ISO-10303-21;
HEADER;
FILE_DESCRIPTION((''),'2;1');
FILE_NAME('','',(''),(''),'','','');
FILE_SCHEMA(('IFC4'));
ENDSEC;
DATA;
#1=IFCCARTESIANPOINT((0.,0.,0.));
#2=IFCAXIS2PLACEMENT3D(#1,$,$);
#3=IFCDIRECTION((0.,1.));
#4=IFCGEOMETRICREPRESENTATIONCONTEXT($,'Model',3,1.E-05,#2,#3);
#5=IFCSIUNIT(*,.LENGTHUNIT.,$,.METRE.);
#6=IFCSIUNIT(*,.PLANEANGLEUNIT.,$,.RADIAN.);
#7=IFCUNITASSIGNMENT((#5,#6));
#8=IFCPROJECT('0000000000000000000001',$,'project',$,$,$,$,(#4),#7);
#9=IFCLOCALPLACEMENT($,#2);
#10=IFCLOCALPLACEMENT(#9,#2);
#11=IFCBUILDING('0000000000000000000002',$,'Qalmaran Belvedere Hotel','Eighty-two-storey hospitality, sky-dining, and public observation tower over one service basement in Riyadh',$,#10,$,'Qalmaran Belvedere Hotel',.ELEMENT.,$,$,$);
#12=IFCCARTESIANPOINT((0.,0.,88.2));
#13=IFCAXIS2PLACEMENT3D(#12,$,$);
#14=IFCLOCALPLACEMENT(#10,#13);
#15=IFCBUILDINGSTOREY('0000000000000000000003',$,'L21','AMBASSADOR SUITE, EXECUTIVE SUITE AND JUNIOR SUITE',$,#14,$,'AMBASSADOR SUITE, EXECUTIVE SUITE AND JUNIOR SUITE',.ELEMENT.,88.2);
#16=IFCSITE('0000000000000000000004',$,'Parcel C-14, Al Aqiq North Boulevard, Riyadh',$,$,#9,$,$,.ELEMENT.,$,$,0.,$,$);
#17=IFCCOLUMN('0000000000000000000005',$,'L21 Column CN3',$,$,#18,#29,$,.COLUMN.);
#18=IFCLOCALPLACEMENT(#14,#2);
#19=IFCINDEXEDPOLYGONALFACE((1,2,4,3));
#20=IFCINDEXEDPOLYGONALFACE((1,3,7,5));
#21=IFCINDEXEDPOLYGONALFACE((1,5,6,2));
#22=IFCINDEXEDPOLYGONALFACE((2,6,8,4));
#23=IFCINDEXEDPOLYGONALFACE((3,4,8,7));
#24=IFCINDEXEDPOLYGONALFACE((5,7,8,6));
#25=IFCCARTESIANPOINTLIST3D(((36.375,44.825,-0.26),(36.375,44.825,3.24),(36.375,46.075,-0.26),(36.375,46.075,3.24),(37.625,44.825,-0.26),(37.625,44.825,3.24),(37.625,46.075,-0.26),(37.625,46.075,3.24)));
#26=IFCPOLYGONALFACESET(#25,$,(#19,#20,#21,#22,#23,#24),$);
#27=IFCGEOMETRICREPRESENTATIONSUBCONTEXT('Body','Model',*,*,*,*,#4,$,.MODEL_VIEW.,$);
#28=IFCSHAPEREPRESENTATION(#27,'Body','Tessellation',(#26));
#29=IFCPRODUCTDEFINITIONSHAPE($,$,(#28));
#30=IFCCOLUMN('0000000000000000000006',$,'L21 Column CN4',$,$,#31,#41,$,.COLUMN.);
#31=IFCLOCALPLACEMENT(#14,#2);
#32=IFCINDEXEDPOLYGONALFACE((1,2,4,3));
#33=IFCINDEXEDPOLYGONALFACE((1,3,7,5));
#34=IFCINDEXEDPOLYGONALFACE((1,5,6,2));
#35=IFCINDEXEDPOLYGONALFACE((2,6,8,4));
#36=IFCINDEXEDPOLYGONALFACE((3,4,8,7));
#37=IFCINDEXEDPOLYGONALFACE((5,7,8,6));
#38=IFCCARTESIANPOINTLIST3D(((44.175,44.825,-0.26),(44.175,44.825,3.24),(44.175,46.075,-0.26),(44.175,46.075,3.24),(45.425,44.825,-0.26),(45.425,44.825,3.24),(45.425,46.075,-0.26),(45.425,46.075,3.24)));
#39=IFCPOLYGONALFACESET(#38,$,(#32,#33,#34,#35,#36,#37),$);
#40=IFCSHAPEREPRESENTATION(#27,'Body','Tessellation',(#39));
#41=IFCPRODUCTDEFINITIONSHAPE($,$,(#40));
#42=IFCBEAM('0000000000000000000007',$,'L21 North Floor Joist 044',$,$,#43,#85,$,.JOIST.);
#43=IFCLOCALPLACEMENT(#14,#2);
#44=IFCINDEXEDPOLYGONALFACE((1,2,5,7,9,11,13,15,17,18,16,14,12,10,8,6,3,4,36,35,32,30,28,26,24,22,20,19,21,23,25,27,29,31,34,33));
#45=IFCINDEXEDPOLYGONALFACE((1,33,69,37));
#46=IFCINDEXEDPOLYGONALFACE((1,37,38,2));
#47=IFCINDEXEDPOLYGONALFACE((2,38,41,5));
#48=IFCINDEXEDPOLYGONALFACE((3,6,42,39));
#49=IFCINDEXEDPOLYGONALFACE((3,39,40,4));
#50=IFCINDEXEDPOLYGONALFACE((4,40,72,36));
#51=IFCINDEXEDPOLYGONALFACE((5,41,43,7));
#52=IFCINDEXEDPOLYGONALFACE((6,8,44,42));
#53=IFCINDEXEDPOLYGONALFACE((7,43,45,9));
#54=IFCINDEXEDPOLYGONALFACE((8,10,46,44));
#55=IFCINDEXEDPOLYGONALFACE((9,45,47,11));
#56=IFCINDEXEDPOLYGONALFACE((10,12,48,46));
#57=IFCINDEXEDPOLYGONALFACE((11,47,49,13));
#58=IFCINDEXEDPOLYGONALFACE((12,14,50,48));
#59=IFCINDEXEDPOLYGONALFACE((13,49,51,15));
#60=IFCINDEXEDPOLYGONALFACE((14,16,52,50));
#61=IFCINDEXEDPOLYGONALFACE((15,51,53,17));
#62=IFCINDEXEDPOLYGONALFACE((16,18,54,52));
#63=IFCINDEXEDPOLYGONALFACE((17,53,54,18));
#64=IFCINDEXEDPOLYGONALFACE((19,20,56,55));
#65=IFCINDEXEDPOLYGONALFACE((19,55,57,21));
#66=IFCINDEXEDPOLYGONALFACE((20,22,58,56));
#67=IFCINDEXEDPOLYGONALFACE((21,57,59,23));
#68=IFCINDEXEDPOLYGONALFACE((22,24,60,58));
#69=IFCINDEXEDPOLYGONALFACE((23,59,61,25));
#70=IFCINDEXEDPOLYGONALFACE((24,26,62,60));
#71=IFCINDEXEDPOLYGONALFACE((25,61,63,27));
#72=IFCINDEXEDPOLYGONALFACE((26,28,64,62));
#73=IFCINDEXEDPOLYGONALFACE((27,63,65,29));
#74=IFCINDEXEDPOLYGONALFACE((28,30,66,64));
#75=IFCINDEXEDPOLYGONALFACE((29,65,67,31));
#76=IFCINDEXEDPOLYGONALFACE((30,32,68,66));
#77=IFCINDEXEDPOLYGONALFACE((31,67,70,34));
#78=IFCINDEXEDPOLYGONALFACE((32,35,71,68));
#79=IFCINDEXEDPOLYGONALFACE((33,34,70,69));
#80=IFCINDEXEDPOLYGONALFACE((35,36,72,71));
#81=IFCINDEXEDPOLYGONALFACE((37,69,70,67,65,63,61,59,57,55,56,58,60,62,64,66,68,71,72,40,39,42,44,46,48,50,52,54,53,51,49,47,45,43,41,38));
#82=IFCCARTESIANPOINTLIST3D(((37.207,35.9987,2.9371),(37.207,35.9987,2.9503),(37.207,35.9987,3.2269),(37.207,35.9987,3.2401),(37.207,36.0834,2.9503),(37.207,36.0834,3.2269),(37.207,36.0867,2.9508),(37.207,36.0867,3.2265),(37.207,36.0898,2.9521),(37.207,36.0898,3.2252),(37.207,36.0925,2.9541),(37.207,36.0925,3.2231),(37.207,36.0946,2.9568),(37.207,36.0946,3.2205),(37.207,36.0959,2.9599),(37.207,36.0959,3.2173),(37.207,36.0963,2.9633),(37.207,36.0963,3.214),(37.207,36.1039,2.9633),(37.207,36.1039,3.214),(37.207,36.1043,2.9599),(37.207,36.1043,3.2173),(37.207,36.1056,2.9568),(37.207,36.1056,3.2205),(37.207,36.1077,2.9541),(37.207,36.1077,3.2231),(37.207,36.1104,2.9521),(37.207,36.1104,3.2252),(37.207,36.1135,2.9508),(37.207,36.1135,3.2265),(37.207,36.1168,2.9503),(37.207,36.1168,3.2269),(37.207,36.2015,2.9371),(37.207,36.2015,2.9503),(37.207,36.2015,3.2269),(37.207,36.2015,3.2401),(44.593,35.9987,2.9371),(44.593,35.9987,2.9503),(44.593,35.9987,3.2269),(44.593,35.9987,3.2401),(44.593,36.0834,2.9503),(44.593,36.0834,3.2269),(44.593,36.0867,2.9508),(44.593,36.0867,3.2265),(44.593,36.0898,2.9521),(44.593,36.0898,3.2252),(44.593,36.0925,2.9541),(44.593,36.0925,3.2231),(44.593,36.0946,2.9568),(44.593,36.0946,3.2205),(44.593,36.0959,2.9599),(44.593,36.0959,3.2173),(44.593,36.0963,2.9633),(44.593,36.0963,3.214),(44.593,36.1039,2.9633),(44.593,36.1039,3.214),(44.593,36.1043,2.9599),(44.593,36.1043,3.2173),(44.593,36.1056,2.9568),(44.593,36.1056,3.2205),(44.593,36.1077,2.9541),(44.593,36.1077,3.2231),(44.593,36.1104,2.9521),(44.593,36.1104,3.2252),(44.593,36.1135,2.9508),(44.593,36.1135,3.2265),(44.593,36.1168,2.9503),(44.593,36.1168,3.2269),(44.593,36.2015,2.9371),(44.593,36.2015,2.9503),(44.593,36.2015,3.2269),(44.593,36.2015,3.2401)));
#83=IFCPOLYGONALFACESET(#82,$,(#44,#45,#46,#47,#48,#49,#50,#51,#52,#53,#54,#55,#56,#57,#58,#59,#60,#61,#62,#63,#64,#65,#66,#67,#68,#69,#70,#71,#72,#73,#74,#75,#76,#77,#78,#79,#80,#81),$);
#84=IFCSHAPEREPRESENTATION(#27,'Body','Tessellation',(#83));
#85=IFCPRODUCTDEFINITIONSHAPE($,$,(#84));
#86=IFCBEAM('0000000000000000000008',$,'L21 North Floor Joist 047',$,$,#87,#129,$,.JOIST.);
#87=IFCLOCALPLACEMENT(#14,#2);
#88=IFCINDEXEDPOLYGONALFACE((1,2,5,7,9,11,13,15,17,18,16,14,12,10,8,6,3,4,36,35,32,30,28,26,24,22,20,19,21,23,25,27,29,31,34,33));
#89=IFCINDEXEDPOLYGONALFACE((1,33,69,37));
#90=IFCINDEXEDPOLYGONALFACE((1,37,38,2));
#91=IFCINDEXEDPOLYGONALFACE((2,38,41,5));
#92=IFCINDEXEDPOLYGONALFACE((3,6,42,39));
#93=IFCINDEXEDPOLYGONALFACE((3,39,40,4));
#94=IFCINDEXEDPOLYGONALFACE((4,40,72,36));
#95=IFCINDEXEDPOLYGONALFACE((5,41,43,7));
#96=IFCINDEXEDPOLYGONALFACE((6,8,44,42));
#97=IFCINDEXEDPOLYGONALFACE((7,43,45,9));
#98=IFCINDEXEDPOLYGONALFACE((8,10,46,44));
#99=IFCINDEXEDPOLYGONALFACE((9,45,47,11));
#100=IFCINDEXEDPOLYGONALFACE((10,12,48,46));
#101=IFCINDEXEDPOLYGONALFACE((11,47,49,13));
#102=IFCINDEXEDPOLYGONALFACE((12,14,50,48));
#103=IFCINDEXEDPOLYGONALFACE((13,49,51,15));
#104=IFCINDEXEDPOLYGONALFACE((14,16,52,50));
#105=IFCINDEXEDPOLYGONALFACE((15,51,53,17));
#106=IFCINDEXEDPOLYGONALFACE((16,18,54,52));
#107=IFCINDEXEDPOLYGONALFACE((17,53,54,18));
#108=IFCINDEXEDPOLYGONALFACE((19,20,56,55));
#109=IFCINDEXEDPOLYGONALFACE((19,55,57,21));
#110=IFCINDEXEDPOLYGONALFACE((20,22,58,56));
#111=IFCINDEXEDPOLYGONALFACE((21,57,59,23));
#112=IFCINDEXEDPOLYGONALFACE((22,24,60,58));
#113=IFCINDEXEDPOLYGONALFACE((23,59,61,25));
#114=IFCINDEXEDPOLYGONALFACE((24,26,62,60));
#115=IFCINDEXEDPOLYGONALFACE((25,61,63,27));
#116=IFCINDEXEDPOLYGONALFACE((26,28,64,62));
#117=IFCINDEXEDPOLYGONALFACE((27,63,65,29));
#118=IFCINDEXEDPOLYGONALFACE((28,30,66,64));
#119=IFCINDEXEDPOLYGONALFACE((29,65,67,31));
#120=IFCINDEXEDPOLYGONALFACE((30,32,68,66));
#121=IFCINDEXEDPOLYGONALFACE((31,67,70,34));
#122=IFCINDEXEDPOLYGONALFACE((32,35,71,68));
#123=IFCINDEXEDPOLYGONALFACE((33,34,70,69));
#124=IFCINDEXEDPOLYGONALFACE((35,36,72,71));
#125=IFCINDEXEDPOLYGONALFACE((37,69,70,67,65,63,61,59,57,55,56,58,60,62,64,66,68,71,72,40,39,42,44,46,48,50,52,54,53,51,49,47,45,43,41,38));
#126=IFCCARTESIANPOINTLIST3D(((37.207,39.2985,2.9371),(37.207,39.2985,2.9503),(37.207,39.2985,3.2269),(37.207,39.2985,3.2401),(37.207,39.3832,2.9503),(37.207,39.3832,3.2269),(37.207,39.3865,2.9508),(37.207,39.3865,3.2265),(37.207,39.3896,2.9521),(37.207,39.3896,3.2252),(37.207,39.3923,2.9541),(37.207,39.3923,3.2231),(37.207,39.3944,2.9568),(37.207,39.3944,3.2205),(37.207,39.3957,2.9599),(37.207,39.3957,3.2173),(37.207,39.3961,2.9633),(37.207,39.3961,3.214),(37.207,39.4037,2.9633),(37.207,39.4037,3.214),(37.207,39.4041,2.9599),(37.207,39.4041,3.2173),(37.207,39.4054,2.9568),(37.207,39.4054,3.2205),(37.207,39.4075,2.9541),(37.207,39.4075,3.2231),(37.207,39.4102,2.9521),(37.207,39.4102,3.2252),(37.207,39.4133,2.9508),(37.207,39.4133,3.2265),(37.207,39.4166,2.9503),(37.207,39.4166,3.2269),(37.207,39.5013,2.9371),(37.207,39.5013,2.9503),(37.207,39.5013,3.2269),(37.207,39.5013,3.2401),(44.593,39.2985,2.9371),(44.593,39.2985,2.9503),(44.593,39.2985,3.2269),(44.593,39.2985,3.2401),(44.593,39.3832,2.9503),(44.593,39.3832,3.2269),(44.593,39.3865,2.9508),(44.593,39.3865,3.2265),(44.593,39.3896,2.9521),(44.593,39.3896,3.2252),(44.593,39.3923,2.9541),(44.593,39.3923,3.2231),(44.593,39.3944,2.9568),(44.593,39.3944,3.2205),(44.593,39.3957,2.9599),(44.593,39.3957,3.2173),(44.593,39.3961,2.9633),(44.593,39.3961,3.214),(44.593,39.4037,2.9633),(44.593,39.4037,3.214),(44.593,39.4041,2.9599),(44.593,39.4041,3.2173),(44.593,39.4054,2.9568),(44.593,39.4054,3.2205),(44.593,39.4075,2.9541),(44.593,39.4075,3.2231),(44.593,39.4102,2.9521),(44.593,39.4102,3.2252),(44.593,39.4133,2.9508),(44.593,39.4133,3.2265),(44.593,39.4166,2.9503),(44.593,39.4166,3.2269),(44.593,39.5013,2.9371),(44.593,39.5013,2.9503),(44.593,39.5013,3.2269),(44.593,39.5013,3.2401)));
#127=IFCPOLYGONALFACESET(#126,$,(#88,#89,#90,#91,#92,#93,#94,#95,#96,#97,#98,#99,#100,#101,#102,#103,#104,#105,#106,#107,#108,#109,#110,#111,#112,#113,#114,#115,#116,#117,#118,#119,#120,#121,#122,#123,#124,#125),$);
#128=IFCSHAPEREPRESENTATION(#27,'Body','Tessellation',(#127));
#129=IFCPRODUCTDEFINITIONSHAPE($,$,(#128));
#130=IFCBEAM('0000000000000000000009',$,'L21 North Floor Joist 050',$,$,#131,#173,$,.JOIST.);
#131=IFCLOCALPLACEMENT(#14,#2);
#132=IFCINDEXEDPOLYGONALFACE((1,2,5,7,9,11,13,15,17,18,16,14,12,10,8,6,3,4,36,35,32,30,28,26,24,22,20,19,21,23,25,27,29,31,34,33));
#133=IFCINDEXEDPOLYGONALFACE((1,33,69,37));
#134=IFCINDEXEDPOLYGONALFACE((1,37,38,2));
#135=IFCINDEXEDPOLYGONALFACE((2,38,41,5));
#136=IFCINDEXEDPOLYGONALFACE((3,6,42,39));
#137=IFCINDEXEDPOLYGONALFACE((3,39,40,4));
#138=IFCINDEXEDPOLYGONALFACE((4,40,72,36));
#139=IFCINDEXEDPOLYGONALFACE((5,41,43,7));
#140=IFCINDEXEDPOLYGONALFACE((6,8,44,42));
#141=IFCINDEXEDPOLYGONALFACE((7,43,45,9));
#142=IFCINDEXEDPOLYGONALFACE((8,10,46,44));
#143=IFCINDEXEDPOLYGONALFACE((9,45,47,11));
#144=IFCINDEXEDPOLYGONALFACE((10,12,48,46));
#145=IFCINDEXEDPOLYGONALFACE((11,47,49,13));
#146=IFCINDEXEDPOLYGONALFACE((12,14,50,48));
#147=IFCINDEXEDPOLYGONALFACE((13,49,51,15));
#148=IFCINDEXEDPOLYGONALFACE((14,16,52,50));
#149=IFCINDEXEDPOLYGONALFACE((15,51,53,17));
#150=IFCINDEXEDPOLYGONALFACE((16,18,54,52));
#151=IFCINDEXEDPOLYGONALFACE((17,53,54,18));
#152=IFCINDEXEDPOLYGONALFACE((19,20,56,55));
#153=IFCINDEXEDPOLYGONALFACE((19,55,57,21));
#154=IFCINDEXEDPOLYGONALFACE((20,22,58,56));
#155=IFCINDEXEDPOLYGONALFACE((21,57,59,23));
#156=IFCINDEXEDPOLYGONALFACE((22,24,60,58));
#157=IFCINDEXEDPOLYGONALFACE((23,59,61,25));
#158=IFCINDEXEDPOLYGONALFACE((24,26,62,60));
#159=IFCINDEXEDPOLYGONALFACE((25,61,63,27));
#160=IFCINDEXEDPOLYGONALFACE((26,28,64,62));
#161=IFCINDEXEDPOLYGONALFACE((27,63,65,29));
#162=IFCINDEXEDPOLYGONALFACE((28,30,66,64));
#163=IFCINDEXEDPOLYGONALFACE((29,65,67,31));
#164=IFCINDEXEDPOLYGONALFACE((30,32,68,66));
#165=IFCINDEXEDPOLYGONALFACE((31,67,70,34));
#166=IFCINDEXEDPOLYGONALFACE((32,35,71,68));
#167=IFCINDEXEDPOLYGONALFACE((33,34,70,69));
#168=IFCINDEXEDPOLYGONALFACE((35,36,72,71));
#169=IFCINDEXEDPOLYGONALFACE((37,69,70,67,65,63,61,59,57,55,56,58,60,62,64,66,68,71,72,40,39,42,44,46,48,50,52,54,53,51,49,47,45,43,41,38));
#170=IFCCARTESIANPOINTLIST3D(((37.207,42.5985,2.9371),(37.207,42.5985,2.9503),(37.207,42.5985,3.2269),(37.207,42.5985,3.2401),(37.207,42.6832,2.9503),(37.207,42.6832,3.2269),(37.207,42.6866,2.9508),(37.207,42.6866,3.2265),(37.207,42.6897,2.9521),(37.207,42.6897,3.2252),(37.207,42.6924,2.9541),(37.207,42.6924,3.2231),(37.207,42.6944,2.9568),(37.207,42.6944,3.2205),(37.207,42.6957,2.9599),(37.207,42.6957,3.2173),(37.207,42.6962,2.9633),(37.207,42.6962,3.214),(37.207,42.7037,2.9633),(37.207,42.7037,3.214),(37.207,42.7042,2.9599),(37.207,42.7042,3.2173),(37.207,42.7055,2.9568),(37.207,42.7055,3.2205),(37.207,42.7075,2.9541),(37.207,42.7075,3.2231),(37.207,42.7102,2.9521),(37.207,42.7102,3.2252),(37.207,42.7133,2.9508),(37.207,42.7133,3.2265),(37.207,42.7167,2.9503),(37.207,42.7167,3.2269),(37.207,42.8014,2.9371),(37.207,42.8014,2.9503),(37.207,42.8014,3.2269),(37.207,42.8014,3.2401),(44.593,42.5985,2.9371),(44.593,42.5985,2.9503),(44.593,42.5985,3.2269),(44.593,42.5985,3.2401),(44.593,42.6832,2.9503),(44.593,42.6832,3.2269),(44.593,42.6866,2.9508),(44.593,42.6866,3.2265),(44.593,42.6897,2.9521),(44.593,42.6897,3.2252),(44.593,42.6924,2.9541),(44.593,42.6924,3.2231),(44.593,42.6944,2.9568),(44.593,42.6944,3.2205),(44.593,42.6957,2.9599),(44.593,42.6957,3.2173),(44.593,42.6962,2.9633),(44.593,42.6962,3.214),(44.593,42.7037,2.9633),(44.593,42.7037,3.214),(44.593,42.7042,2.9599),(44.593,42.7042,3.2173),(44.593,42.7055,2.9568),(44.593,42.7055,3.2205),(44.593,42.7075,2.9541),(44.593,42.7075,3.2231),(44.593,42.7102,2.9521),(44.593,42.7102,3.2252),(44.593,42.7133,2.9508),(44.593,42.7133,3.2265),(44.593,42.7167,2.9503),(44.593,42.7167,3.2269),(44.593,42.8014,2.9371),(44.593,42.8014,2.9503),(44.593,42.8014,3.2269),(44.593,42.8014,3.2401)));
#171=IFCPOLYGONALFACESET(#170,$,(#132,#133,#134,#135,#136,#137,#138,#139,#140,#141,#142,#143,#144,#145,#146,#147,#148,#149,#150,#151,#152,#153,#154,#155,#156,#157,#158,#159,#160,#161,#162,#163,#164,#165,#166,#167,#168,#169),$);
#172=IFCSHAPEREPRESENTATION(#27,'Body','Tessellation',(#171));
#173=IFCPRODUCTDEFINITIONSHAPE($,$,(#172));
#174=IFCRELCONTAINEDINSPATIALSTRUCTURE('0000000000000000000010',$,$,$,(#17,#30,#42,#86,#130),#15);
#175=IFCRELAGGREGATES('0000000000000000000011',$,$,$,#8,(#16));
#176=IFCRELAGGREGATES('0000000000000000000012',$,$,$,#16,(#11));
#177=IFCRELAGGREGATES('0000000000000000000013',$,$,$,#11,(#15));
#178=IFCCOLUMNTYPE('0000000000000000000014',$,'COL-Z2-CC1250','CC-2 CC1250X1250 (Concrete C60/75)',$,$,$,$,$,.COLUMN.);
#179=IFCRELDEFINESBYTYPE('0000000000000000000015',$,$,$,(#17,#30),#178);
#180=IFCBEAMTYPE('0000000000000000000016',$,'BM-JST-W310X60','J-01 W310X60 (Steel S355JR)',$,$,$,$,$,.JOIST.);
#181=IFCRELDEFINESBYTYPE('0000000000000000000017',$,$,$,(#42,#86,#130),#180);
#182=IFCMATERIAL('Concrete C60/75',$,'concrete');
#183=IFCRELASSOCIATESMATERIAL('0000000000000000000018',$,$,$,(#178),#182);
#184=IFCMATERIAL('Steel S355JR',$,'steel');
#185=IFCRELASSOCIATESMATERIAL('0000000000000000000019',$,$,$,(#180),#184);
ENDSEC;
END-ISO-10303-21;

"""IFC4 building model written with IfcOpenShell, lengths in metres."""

from ifc_helpers import new_model, si_unit, direction, frame, origin, origin_2d, place, context, subcontext, project, spatial, rectangle, i_section, extrude, material, material_profile, profile_set, type_object, element, save


model = new_model("IFC4")

# Units and contexts
model_context = context("Model", 3, precision=1e-05, world=origin(), true_north=direction((0.0, 1.0)))
body_context = subcontext(model_context, "Body", "Model", "MODEL_VIEW")
ifc_project = project(units=[si_unit("LENGTHUNIT", "METRE"), si_unit("PLANEANGLEUNIT", "RADIAN")], contexts=[model_context])

# Site, building, storey
site_placement = place(None, origin())
site = spatial("IfcSite", under=ifc_project, at=site_placement, Name="Parcel C-14, Al Aqiq North Boulevard, Riyadh", CompositionType="ELEMENT", RefElevation=0.0)
building_placement = place(site_placement, origin())
building = spatial("IfcBuilding", under=site, at=building_placement, Name="Qalmaran Belvedere Hotel", Description="Eighty-two-storey hospitality, sky-dining, and public observation tower over one service basement in Riyadh", LongName="Qalmaran Belvedere Hotel", CompositionType="ELEMENT")
storey_placement = place(building_placement, frame((0.0, 0.0, 88.2)))
storey = spatial("IfcBuildingStorey", under=building, at=storey_placement, Name="L21", Description="AMBASSADOR SUITE, EXECUTIVE SUITE AND JUNIOR SUITE", LongName="AMBASSADOR SUITE, EXECUTIVE SUITE AND JUNIOR SUITE", CompositionType="ELEMENT", Elevation=88.2)

# Columns
ifc_material_1 = material(Name="Concrete C60/75", Category="concrete")
ifc_material_profile_1 = material_profile(ifc_material_1, rectangle(XDim=1.25, YDim=1.25, at=origin_2d()), Name="CC1250X1250")
ifc_profile_set_1 = profile_set([ifc_material_profile_1], Name="Concrete C60/75")
column_type = type_object("IfcColumnType", Name="COL-Z2-CC1250", Description="CC-2 CC1250X1250 (Concrete C60/75)", PredefinedType="COLUMN", material=ifc_profile_set_1)
for number, where, z_axis, x_axis, name in (
    (1, (37.0, 45.45, -0.26), (0.0, 0.0, 1.0), (1.0, 0.0, 0.0), "L21 Column CN3"),
    (2, (44.8, 45.45, -0.26), (0.0, 0.0, 1.0), (1.0, 0.0, 0.0), "L21 Column CN4"),
):
    element("IfcColumn", number, at=place(storey_placement, frame(where, z_axis=z_axis, x_axis=x_axis)), inside=storey, type_object=column_type, Name=name, PredefinedType="COLUMN", context=body_context, shape_type="SweptSolid", body=[
        extrude(rectangle(XDim=1.25, YDim=1.25, at=origin_2d()), origin(), (0.0, 0.0, 1.0), 3.5),
    ])

# Beams
ifc_material_2 = material(Name="Steel S355JR", Category="steel")
ifc_material_profile_2 = material_profile(ifc_material_2, i_section(OverallWidth=0.2029, OverallDepth=0.303, WebThickness=0.0076, FlangeThickness=0.0132, FilletRadius=0.0129, at=origin_2d()), Name="W310X60")
ifc_profile_set_2 = profile_set([ifc_material_profile_2], Name="Steel S355JR")
beam_type_1 = type_object("IfcBeamType", Name="BM-JST-W310X60", Description="J-01 W310X60 (Steel S355JR)", PredefinedType="JOIST", material=ifc_profile_set_2)
for number, where, z_axis, x_axis, name in (
    (3, (37.207, 36.1001, 3.0886), (1.0, 0.0, 0.0), (0.0, 1.0, 0.0), "L21 North Floor Joist 044"),
    (4, (37.207, 39.3999, 3.0886), (1.0, 0.0, 0.0), (0.0, 1.0, 0.0), "L21 North Floor Joist 047"),
    (5, (37.207, 42.7, 3.0886), (1.0, 0.0, 0.0), (0.0, 1.0, 0.0), "L21 North Floor Joist 050"),
):
    element("IfcBeam", number, at=place(storey_placement, frame(where, z_axis=z_axis, x_axis=x_axis)), inside=storey, type_object=beam_type_1, Name=name, PredefinedType="JOIST", context=body_context, shape_type="SweptSolid", body=[
        extrude(i_section(OverallWidth=0.2029, OverallDepth=0.303, WebThickness=0.0076, FlangeThickness=0.0132, FilletRadius=0.0129, at=origin_2d()), origin(), (0.0, 0.0, 1.0), 7.386),
    ])

save(model, "model.ifc")
